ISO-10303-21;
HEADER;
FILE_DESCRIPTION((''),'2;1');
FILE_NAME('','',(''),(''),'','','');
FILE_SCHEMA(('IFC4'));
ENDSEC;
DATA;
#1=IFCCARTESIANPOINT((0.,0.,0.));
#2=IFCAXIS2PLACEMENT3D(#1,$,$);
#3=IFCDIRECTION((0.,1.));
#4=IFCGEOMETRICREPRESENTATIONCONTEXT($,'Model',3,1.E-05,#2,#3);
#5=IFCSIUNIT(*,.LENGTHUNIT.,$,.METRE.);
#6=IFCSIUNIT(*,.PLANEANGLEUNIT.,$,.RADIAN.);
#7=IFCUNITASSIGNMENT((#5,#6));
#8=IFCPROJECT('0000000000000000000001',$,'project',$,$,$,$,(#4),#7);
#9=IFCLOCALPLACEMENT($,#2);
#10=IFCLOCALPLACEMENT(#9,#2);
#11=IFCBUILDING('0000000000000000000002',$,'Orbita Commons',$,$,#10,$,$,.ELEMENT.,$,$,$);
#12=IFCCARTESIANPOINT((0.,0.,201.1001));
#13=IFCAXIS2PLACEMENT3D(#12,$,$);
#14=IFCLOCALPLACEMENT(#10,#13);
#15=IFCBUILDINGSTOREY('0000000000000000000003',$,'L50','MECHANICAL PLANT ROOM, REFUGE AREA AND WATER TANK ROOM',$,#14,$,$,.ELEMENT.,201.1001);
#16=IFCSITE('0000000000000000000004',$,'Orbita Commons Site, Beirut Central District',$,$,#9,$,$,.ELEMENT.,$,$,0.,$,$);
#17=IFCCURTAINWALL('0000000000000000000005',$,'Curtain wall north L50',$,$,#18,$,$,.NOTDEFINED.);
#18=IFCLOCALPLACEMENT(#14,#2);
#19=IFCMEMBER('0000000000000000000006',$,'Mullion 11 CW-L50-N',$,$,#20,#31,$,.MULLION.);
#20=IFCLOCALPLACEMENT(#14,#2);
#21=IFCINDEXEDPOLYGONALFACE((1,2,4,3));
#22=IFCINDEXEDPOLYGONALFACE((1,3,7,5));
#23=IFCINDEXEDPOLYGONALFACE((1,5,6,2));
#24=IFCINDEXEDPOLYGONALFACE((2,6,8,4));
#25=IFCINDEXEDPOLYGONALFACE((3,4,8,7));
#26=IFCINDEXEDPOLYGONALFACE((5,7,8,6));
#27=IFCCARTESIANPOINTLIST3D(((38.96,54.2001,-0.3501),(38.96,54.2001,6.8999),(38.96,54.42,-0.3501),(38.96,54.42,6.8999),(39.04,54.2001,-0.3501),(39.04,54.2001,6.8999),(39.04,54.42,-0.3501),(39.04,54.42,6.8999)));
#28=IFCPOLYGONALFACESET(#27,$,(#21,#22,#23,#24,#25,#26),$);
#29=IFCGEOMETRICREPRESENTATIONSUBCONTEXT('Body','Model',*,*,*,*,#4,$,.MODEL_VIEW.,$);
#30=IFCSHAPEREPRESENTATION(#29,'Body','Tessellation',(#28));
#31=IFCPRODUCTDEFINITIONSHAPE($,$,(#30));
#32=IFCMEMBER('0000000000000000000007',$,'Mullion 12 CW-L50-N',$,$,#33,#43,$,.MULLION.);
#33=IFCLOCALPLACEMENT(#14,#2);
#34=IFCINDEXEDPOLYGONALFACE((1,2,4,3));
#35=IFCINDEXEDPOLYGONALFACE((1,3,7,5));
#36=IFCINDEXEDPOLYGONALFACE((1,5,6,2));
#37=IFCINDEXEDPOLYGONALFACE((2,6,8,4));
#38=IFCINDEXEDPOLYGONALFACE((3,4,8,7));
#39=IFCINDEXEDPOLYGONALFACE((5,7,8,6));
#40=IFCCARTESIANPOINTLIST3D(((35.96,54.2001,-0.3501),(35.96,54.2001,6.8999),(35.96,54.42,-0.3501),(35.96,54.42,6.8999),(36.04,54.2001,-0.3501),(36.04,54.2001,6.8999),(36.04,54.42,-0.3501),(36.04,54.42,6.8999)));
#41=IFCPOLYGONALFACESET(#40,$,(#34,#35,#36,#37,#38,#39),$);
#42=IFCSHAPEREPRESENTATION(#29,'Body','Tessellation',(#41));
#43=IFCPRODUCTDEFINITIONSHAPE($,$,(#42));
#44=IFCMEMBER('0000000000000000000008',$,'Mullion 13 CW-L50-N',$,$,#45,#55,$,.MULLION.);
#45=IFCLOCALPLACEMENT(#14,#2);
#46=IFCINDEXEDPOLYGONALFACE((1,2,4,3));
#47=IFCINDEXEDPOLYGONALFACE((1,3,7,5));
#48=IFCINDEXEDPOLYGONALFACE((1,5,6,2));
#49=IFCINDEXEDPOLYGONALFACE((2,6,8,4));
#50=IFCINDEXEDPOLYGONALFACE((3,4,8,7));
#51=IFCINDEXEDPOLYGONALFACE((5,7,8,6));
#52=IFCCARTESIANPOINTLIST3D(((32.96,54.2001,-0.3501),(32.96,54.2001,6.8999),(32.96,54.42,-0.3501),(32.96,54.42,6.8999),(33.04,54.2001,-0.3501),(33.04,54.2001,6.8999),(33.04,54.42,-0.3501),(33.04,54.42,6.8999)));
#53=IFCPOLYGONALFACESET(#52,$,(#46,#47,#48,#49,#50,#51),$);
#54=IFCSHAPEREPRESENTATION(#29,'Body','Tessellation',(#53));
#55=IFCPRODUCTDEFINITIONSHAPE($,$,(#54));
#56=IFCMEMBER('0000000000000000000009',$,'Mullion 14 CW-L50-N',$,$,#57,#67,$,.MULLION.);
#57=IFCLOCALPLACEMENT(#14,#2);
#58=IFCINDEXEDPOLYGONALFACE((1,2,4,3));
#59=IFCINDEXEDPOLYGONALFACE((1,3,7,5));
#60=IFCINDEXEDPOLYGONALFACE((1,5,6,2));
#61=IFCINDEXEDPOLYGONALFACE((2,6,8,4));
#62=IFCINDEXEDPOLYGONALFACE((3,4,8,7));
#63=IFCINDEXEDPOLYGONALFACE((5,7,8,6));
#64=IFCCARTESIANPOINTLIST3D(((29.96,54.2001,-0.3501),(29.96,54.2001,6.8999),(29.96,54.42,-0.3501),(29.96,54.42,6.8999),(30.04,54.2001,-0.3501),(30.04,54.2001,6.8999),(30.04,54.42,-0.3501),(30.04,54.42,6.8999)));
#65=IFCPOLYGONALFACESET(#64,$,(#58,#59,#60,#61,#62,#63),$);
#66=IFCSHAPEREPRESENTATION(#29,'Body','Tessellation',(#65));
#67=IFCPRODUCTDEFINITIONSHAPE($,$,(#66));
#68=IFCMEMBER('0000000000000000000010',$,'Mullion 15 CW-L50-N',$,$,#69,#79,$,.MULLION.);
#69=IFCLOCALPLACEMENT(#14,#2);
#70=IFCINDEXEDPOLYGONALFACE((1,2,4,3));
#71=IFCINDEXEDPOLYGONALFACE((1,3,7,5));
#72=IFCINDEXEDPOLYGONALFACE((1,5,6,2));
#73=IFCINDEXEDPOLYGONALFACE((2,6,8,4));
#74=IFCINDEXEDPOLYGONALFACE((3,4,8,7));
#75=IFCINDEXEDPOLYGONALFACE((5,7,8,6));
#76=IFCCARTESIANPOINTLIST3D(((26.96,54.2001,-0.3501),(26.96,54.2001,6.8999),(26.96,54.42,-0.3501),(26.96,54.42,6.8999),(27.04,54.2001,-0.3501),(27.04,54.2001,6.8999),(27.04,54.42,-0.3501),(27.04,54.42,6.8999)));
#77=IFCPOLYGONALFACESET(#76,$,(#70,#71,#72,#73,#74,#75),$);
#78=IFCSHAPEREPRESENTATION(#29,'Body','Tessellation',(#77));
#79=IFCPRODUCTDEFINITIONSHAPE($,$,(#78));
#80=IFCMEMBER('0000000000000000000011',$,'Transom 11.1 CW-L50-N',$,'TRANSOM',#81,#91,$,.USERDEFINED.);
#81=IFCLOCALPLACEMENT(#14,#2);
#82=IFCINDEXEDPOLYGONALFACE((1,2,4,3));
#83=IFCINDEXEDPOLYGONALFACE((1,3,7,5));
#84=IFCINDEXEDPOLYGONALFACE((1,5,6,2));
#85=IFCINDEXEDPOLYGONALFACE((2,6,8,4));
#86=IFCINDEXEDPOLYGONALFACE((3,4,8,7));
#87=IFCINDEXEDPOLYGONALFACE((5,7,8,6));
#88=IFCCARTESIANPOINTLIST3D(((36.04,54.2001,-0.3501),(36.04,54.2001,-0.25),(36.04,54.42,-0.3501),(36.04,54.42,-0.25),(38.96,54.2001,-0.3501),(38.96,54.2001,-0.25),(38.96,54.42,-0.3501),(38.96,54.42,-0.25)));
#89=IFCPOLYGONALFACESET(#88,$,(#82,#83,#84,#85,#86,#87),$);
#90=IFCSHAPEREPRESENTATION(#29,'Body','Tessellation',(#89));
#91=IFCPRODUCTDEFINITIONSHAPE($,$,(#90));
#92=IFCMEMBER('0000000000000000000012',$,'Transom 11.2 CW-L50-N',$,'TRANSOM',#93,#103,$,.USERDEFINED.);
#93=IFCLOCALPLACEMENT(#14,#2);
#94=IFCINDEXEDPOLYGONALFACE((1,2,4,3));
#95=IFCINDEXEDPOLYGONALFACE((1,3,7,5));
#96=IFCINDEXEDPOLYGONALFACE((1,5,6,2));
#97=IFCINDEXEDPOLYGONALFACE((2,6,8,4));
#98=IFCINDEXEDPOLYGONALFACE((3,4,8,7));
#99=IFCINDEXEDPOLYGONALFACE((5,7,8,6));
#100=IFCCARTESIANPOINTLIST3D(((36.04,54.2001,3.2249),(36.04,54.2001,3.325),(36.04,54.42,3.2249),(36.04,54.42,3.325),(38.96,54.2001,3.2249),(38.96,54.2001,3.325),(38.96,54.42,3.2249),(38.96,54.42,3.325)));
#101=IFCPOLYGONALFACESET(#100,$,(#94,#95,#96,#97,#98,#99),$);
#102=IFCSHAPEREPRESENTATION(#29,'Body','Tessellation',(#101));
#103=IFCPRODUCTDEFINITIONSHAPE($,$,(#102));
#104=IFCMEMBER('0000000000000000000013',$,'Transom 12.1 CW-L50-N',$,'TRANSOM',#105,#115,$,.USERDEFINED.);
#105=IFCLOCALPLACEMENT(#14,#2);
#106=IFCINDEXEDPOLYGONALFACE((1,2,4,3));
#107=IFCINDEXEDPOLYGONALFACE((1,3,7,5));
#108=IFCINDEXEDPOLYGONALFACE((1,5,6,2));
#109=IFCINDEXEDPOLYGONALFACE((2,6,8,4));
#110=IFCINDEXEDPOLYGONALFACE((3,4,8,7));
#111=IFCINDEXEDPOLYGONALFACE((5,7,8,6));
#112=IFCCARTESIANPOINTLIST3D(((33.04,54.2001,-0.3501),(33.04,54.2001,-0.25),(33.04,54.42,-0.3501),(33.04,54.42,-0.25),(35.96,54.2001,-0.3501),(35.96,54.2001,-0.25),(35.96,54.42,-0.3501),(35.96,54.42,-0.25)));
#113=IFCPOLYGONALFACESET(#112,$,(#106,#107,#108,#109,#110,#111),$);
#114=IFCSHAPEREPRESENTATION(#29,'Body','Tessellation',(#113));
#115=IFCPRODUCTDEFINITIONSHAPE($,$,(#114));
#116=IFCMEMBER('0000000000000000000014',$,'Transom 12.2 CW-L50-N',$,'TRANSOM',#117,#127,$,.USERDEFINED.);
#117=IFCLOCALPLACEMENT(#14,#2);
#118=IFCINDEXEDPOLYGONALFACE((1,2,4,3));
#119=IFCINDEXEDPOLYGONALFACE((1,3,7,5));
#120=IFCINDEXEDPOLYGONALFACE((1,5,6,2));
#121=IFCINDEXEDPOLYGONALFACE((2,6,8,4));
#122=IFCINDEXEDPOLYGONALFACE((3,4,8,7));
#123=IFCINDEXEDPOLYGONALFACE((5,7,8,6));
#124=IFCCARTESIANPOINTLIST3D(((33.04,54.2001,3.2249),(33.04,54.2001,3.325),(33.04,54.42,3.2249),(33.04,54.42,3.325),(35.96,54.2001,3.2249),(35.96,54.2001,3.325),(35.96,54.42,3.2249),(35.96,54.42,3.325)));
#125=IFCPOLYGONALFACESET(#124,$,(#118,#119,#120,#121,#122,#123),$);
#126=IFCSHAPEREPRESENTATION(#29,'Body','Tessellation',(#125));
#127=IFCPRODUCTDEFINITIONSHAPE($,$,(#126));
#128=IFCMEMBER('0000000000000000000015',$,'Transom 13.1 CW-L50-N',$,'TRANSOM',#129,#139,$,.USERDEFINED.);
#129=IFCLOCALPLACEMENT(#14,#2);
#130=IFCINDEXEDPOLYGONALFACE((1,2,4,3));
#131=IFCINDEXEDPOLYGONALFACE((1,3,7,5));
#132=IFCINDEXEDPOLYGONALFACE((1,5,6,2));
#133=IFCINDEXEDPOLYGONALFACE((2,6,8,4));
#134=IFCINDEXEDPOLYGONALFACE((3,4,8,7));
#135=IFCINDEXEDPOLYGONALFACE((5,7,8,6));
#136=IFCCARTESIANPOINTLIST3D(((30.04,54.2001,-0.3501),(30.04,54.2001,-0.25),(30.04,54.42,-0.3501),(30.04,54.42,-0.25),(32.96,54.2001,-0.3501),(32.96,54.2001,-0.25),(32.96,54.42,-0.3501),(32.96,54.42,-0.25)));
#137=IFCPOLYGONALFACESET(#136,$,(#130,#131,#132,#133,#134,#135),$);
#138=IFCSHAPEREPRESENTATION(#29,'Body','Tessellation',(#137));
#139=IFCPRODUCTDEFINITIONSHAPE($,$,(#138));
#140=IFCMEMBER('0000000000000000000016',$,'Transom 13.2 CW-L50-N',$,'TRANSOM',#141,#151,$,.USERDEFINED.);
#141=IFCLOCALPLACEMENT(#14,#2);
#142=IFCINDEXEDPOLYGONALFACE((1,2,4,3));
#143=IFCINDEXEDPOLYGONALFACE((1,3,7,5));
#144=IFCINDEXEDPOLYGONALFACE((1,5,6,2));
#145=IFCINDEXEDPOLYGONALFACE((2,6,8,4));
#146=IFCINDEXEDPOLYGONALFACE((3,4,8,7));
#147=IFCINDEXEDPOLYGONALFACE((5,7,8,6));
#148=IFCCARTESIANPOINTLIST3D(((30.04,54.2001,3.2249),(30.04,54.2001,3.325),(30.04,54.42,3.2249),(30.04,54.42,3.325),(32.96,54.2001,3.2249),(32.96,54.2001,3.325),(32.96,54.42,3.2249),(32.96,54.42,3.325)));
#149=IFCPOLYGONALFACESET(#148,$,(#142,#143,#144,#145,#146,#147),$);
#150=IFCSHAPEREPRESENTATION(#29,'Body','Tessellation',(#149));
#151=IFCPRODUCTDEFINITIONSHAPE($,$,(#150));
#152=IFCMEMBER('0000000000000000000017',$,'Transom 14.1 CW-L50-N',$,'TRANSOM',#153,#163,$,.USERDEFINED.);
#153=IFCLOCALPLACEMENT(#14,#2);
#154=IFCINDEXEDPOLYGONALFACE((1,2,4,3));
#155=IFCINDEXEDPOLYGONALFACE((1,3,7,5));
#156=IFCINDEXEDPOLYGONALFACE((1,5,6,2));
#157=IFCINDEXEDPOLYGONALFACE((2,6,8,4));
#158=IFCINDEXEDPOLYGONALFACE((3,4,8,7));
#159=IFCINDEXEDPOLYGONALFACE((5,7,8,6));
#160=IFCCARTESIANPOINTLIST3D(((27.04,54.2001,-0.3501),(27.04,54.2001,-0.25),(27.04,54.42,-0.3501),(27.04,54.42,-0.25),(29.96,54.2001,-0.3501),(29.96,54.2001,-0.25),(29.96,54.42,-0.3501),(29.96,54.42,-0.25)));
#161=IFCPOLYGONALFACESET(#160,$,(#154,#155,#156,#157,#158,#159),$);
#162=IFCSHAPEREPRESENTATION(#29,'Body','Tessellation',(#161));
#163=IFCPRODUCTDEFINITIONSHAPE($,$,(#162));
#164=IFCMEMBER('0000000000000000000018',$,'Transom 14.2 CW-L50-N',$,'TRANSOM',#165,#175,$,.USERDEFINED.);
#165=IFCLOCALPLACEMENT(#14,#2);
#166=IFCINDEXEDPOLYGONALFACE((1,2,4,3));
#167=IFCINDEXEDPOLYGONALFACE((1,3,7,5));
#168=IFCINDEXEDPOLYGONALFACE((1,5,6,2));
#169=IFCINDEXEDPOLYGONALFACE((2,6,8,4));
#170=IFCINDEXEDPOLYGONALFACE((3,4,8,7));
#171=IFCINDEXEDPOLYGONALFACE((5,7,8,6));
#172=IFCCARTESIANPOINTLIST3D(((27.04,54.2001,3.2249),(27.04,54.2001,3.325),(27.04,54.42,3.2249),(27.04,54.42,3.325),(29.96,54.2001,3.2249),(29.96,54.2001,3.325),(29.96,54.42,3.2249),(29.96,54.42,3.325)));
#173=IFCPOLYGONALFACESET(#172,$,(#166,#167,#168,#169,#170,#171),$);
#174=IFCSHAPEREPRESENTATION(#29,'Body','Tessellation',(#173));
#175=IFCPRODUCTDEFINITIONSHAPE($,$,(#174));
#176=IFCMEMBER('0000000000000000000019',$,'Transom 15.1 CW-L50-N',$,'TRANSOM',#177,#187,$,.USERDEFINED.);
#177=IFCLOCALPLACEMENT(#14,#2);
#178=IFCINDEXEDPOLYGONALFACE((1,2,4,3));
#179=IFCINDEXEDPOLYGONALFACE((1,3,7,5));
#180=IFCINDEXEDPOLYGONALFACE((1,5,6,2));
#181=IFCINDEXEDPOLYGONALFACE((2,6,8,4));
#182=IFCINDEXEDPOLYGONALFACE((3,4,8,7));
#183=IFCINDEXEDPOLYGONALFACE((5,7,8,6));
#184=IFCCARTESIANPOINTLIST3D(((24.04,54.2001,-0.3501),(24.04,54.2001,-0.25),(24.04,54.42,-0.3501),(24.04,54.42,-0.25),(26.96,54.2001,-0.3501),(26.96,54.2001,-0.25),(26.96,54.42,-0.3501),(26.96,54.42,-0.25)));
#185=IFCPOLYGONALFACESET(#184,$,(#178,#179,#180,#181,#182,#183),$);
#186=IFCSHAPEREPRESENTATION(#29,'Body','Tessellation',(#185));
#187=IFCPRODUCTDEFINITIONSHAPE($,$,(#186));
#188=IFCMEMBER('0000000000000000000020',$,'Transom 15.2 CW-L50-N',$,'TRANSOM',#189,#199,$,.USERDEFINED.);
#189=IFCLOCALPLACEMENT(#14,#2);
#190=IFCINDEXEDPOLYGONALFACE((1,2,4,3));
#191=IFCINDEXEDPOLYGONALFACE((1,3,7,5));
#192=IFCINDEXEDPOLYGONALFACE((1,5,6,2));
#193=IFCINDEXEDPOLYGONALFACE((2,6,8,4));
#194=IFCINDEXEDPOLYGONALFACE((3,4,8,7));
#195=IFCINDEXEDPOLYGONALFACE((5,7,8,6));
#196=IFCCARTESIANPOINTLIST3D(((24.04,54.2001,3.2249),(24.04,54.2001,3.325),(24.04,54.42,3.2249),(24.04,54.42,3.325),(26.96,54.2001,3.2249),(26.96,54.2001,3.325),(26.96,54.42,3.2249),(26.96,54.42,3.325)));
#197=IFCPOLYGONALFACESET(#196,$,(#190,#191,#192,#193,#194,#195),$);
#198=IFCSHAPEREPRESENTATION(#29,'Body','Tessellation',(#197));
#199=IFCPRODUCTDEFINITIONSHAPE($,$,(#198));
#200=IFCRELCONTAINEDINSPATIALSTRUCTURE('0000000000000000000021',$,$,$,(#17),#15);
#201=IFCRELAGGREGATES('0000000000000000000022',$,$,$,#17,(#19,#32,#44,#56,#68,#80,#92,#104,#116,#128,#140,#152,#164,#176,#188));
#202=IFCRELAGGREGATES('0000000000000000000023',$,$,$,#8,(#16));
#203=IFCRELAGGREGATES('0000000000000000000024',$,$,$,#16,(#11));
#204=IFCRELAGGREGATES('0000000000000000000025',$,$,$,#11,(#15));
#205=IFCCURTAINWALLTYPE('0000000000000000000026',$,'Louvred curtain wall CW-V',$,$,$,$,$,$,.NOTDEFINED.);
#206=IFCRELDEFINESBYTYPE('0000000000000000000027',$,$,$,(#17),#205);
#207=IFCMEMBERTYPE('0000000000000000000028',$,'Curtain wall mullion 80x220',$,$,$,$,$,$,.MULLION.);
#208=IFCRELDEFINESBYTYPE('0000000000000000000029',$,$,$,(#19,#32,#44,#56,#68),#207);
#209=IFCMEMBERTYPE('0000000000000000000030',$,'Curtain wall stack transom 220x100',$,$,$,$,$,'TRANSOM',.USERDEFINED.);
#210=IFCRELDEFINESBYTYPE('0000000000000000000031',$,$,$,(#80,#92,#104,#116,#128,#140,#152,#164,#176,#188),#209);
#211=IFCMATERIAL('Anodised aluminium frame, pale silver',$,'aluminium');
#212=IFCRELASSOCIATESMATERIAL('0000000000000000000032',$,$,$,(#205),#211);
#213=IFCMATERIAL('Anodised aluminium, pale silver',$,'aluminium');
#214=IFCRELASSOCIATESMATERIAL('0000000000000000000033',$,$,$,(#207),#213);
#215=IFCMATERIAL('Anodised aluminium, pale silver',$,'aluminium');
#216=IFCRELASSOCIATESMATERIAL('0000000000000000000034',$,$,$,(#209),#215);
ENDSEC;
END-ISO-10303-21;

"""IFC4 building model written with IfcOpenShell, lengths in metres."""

from ifc_helpers import new_model, si_unit, direction, frame, origin, origin_2d, place, context, subcontext, project, spatial, rectangle, extrude, material, material_profile, profile_set, type_object, element, aggregate, save


model = new_model("IFC4")

# Units and contexts
model_context = context("Model", 3, precision=1e-05, world=origin(), true_north=direction((0.0, 1.0)))
body_context = subcontext(model_context, "Body", "Model", "MODEL_VIEW")
ifc_project = project(units=[si_unit("LENGTHUNIT", "METRE"), si_unit("PLANEANGLEUNIT", "RADIAN")], contexts=[model_context])

# Site, building, storey
site_placement = place(None, origin())
site = spatial("IfcSite", under=ifc_project, at=site_placement, Name="Orbita Commons Site, Beirut Central District", CompositionType="ELEMENT", RefElevation=0.0)
building_placement = place(site_placement, origin())
building = spatial("IfcBuilding", under=site, at=building_placement, Name="Orbita Commons", CompositionType="ELEMENT")
storey_placement = place(building_placement, frame((0.0, 0.0, 201.1001)))
storey = spatial("IfcBuildingStorey", under=building, at=storey_placement, Name="L50", Description="MECHANICAL PLANT ROOM, REFUGE AREA AND WATER TANK ROOM", CompositionType="ELEMENT", Elevation=201.1001)

# Curtain wall, members
ifc_material_1 = material(Name="Anodised aluminium frame, pale silver", Category="aluminium")
curtain_wall_type = type_object("IfcCurtainWallType", Name="Louvred curtain wall CW-V", PredefinedType="NOTDEFINED", material=ifc_material_1)
curtain_wall_placement = place(storey_placement, origin())
curtain_wall = element("IfcCurtainWall", 1, at=curtain_wall_placement, inside=storey, type_object=curtain_wall_type, Name="Curtain wall north L50", PredefinedType="NOTDEFINED")
ifc_material_2 = material(Name="Anodised aluminium, pale silver", Category="aluminium")
ifc_material_profile_1 = material_profile(ifc_material_2, rectangle(XDim=0.0801, YDim=0.22, at=origin_2d()), Name="AL 80x220")
ifc_profile_set_1 = profile_set([ifc_material_profile_1], Name="Anodised aluminium, pale silver")
member_type_1 = type_object("IfcMemberType", Name="Curtain wall mullion 80x220", PredefinedType="MULLION", material=ifc_profile_set_1)
member_1_placement = place(storey_placement, frame((39.0, 54.3101, -0.3501), z_axis=(0.0, 0.0, 1.0), x_axis=(-1.0, 0.0, 0.0)))
member_1 = element("IfcMember", 2, at=member_1_placement, type_object=member_type_1, Name="Mullion 11 CW-L50-N", PredefinedType="MULLION", context=body_context, shape_type="SweptSolid", body=[
    extrude(rectangle(XDim=0.0801, YDim=0.22, at=origin_2d()), origin(), (0.0, 0.0, 1.0), 7.25),
])
member_2_placement = place(storey_placement, frame((36.0, 54.3101, -0.3501), z_axis=(0.0, 0.0, 1.0), x_axis=(-1.0, 0.0, 0.0)))
member_2 = element("IfcMember", 3, at=member_2_placement, type_object=member_type_1, Name="Mullion 12 CW-L50-N", PredefinedType="MULLION", context=body_context, shape_type="SweptSolid", body=[
    extrude(rectangle(XDim=0.0801, YDim=0.22, at=origin_2d()), origin(), (0.0, 0.0, 1.0), 7.25),
])
member_3_placement = place(storey_placement, frame((33.0, 54.3101, -0.3501), z_axis=(0.0, 0.0, 1.0), x_axis=(-1.0, 0.0, 0.0)))
member_3 = element("IfcMember", 4, at=member_3_placement, type_object=member_type_1, Name="Mullion 13 CW-L50-N", PredefinedType="MULLION", context=body_context, shape_type="SweptSolid", body=[
    extrude(rectangle(XDim=0.0801, YDim=0.22, at=origin_2d()), origin(), (0.0, 0.0, 1.0), 7.25),
])
member_4_placement = place(storey_placement, frame((30.0, 54.3101, -0.3501), z_axis=(0.0, 0.0, 1.0), x_axis=(-1.0, 0.0, 0.0)))
member_4 = element("IfcMember", 5, at=member_4_placement, type_object=member_type_1, Name="Mullion 14 CW-L50-N", PredefinedType="MULLION", context=body_context, shape_type="SweptSolid", body=[
    extrude(rectangle(XDim=0.0801, YDim=0.22, at=origin_2d()), origin(), (0.0, 0.0, 1.0), 7.25),
])
member_5_placement = place(storey_placement, frame((27.0, 54.3101, -0.3501), z_axis=(0.0, 0.0, 1.0), x_axis=(-1.0, 0.0, 0.0)))
member_5 = element("IfcMember", 6, at=member_5_placement, type_object=member_type_1, Name="Mullion 15 CW-L50-N", PredefinedType="MULLION", context=body_context, shape_type="SweptSolid", body=[
    extrude(rectangle(XDim=0.0801, YDim=0.22, at=origin_2d()), origin(), (0.0, 0.0, 1.0), 7.25),
])
ifc_material_3 = material(Name="Anodised aluminium, pale silver", Category="aluminium")
ifc_material_profile_2 = material_profile(ifc_material_3, rectangle(XDim=0.22, YDim=0.1001, at=origin_2d()), Name="AL 220x100")
ifc_profile_set_2 = profile_set([ifc_material_profile_2], Name="Anodised aluminium, pale silver")
member_type_2 = type_object("IfcMemberType", Name="Curtain wall stack transom 220x100", ElementType="TRANSOM", PredefinedType="USERDEFINED", material=ifc_profile_set_2)
member_6_placement = place(storey_placement, frame((38.96, 54.3101, -0.3), z_axis=(-1.0, 0.0, 0.0), x_axis=(0.0, -1.0, 0.0)))
member_6 = element("IfcMember", 7, at=member_6_placement, type_object=member_type_2, Name="Transom 11.1 CW-L50-N", ObjectType="TRANSOM", PredefinedType="USERDEFINED", context=body_context, shape_type="SweptSolid", body=[
    extrude(rectangle(XDim=0.22, YDim=0.1001, at=origin_2d()), origin(), (0.0, 0.0, 1.0), 2.9199),
])
member_7_placement = place(storey_placement, frame((38.96, 54.3101, 3.2749), z_axis=(-1.0, 0.0, 0.0), x_axis=(0.0, -1.0, 0.0)))
member_7 = element("IfcMember", 8, at=member_7_placement, type_object=member_type_2, Name="Transom 11.2 CW-L50-N", ObjectType="TRANSOM", PredefinedType="USERDEFINED", context=body_context, shape_type="SweptSolid", body=[
    extrude(rectangle(XDim=0.22, YDim=0.1001, at=origin_2d()), origin(), (0.0, 0.0, 1.0), 2.9199),
])
member_8_placement = place(storey_placement, frame((35.96, 54.3101, -0.3), z_axis=(-1.0, 0.0, 0.0), x_axis=(0.0, -1.0, 0.0)))
member_8 = element("IfcMember", 9, at=member_8_placement, type_object=member_type_2, Name="Transom 12.1 CW-L50-N", ObjectType="TRANSOM", PredefinedType="USERDEFINED", context=body_context, shape_type="SweptSolid", body=[
    extrude(rectangle(XDim=0.22, YDim=0.1001, at=origin_2d()), origin(), (0.0, 0.0, 1.0), 2.9199),
])
member_9_placement = place(storey_placement, frame((35.96, 54.3101, 3.2749), z_axis=(-1.0, 0.0, 0.0), x_axis=(0.0, -1.0, 0.0)))
member_9 = element("IfcMember", 10, at=member_9_placement, type_object=member_type_2, Name="Transom 12.2 CW-L50-N", ObjectType="TRANSOM", PredefinedType="USERDEFINED", context=body_context, shape_type="SweptSolid", body=[
    extrude(rectangle(XDim=0.22, YDim=0.1001, at=origin_2d()), origin(), (0.0, 0.0, 1.0), 2.9199),
])
member_10_placement = place(storey_placement, frame((32.96, 54.3101, -0.3), z_axis=(-1.0, 0.0, 0.0), x_axis=(0.0, -1.0, 0.0)))
member_10 = element("IfcMember", 11, at=member_10_placement, type_object=member_type_2, Name="Transom 13.1 CW-L50-N", ObjectType="TRANSOM", PredefinedType="USERDEFINED", context=body_context, shape_type="SweptSolid", body=[
    extrude(rectangle(XDim=0.22, YDim=0.1001, at=origin_2d()), origin(), (0.0, 0.0, 1.0), 2.9199),
])
member_11_placement = place(storey_placement, frame((32.96, 54.3101, 3.2749), z_axis=(-1.0, 0.0, 0.0), x_axis=(0.0, -1.0, 0.0)))
member_11 = element("IfcMember", 12, at=member_11_placement, type_object=member_type_2, Name="Transom 13.2 CW-L50-N", ObjectType="TRANSOM", PredefinedType="USERDEFINED", context=body_context, shape_type="SweptSolid", body=[
    extrude(rectangle(XDim=0.22, YDim=0.1001, at=origin_2d()), origin(), (0.0, 0.0, 1.0), 2.9199),
])
member_12_placement = place(storey_placement, frame((29.96, 54.3101, -0.3), z_axis=(-1.0, 0.0, 0.0), x_axis=(0.0, -1.0, 0.0)))
member_12 = element("IfcMember", 13, at=member_12_placement, type_object=member_type_2, Name="Transom 14.1 CW-L50-N", ObjectType="TRANSOM", PredefinedType="USERDEFINED", context=body_context, shape_type="SweptSolid", body=[
    extrude(rectangle(XDim=0.22, YDim=0.1001, at=origin_2d()), origin(), (0.0, 0.0, 1.0), 2.9199),
])
member_13_placement = place(storey_placement, frame((29.96, 54.3101, 3.2749), z_axis=(-1.0, 0.0, 0.0), x_axis=(0.0, -1.0, 0.0)))
member_13 = element("IfcMember", 14, at=member_13_placement, type_object=member_type_2, Name="Transom 14.2 CW-L50-N", ObjectType="TRANSOM", PredefinedType="USERDEFINED", context=body_context, shape_type="SweptSolid", body=[
    extrude(rectangle(XDim=0.22, YDim=0.1001, at=origin_2d()), origin(), (0.0, 0.0, 1.0), 2.9199),
])
member_14_placement = place(storey_placement, frame((26.96, 54.3101, -0.3), z_axis=(-1.0, 0.0, 0.0), x_axis=(0.0, -1.0, 0.0)))
member_14 = element("IfcMember", 15, at=member_14_placement, type_object=member_type_2, Name="Transom 15.1 CW-L50-N", ObjectType="TRANSOM", PredefinedType="USERDEFINED", context=body_context, shape_type="SweptSolid", body=[
    extrude(rectangle(XDim=0.22, YDim=0.1001, at=origin_2d()), origin(), (0.0, 0.0, 1.0), 2.9199),
])
member_15_placement = place(storey_placement, frame((26.96, 54.3101, 3.2749), z_axis=(-1.0, 0.0, 0.0), x_axis=(0.0, -1.0, 0.0)))
member_15 = element("IfcMember", 16, at=member_15_placement, type_object=member_type_2, Name="Transom 15.2 CW-L50-N", ObjectType="TRANSOM", PredefinedType="USERDEFINED", context=body_context, shape_type="SweptSolid", body=[
    extrude(rectangle(XDim=0.22, YDim=0.1001, at=origin_2d()), origin(), (0.0, 0.0, 1.0), 2.9199),
])
aggregate(curtain_wall, [member_1, member_2, member_3, member_4, member_5, member_6, member_7, member_8, member_9, member_10, member_11, member_12, member_13, member_14, member_15])

save(model, "model.ifc")
